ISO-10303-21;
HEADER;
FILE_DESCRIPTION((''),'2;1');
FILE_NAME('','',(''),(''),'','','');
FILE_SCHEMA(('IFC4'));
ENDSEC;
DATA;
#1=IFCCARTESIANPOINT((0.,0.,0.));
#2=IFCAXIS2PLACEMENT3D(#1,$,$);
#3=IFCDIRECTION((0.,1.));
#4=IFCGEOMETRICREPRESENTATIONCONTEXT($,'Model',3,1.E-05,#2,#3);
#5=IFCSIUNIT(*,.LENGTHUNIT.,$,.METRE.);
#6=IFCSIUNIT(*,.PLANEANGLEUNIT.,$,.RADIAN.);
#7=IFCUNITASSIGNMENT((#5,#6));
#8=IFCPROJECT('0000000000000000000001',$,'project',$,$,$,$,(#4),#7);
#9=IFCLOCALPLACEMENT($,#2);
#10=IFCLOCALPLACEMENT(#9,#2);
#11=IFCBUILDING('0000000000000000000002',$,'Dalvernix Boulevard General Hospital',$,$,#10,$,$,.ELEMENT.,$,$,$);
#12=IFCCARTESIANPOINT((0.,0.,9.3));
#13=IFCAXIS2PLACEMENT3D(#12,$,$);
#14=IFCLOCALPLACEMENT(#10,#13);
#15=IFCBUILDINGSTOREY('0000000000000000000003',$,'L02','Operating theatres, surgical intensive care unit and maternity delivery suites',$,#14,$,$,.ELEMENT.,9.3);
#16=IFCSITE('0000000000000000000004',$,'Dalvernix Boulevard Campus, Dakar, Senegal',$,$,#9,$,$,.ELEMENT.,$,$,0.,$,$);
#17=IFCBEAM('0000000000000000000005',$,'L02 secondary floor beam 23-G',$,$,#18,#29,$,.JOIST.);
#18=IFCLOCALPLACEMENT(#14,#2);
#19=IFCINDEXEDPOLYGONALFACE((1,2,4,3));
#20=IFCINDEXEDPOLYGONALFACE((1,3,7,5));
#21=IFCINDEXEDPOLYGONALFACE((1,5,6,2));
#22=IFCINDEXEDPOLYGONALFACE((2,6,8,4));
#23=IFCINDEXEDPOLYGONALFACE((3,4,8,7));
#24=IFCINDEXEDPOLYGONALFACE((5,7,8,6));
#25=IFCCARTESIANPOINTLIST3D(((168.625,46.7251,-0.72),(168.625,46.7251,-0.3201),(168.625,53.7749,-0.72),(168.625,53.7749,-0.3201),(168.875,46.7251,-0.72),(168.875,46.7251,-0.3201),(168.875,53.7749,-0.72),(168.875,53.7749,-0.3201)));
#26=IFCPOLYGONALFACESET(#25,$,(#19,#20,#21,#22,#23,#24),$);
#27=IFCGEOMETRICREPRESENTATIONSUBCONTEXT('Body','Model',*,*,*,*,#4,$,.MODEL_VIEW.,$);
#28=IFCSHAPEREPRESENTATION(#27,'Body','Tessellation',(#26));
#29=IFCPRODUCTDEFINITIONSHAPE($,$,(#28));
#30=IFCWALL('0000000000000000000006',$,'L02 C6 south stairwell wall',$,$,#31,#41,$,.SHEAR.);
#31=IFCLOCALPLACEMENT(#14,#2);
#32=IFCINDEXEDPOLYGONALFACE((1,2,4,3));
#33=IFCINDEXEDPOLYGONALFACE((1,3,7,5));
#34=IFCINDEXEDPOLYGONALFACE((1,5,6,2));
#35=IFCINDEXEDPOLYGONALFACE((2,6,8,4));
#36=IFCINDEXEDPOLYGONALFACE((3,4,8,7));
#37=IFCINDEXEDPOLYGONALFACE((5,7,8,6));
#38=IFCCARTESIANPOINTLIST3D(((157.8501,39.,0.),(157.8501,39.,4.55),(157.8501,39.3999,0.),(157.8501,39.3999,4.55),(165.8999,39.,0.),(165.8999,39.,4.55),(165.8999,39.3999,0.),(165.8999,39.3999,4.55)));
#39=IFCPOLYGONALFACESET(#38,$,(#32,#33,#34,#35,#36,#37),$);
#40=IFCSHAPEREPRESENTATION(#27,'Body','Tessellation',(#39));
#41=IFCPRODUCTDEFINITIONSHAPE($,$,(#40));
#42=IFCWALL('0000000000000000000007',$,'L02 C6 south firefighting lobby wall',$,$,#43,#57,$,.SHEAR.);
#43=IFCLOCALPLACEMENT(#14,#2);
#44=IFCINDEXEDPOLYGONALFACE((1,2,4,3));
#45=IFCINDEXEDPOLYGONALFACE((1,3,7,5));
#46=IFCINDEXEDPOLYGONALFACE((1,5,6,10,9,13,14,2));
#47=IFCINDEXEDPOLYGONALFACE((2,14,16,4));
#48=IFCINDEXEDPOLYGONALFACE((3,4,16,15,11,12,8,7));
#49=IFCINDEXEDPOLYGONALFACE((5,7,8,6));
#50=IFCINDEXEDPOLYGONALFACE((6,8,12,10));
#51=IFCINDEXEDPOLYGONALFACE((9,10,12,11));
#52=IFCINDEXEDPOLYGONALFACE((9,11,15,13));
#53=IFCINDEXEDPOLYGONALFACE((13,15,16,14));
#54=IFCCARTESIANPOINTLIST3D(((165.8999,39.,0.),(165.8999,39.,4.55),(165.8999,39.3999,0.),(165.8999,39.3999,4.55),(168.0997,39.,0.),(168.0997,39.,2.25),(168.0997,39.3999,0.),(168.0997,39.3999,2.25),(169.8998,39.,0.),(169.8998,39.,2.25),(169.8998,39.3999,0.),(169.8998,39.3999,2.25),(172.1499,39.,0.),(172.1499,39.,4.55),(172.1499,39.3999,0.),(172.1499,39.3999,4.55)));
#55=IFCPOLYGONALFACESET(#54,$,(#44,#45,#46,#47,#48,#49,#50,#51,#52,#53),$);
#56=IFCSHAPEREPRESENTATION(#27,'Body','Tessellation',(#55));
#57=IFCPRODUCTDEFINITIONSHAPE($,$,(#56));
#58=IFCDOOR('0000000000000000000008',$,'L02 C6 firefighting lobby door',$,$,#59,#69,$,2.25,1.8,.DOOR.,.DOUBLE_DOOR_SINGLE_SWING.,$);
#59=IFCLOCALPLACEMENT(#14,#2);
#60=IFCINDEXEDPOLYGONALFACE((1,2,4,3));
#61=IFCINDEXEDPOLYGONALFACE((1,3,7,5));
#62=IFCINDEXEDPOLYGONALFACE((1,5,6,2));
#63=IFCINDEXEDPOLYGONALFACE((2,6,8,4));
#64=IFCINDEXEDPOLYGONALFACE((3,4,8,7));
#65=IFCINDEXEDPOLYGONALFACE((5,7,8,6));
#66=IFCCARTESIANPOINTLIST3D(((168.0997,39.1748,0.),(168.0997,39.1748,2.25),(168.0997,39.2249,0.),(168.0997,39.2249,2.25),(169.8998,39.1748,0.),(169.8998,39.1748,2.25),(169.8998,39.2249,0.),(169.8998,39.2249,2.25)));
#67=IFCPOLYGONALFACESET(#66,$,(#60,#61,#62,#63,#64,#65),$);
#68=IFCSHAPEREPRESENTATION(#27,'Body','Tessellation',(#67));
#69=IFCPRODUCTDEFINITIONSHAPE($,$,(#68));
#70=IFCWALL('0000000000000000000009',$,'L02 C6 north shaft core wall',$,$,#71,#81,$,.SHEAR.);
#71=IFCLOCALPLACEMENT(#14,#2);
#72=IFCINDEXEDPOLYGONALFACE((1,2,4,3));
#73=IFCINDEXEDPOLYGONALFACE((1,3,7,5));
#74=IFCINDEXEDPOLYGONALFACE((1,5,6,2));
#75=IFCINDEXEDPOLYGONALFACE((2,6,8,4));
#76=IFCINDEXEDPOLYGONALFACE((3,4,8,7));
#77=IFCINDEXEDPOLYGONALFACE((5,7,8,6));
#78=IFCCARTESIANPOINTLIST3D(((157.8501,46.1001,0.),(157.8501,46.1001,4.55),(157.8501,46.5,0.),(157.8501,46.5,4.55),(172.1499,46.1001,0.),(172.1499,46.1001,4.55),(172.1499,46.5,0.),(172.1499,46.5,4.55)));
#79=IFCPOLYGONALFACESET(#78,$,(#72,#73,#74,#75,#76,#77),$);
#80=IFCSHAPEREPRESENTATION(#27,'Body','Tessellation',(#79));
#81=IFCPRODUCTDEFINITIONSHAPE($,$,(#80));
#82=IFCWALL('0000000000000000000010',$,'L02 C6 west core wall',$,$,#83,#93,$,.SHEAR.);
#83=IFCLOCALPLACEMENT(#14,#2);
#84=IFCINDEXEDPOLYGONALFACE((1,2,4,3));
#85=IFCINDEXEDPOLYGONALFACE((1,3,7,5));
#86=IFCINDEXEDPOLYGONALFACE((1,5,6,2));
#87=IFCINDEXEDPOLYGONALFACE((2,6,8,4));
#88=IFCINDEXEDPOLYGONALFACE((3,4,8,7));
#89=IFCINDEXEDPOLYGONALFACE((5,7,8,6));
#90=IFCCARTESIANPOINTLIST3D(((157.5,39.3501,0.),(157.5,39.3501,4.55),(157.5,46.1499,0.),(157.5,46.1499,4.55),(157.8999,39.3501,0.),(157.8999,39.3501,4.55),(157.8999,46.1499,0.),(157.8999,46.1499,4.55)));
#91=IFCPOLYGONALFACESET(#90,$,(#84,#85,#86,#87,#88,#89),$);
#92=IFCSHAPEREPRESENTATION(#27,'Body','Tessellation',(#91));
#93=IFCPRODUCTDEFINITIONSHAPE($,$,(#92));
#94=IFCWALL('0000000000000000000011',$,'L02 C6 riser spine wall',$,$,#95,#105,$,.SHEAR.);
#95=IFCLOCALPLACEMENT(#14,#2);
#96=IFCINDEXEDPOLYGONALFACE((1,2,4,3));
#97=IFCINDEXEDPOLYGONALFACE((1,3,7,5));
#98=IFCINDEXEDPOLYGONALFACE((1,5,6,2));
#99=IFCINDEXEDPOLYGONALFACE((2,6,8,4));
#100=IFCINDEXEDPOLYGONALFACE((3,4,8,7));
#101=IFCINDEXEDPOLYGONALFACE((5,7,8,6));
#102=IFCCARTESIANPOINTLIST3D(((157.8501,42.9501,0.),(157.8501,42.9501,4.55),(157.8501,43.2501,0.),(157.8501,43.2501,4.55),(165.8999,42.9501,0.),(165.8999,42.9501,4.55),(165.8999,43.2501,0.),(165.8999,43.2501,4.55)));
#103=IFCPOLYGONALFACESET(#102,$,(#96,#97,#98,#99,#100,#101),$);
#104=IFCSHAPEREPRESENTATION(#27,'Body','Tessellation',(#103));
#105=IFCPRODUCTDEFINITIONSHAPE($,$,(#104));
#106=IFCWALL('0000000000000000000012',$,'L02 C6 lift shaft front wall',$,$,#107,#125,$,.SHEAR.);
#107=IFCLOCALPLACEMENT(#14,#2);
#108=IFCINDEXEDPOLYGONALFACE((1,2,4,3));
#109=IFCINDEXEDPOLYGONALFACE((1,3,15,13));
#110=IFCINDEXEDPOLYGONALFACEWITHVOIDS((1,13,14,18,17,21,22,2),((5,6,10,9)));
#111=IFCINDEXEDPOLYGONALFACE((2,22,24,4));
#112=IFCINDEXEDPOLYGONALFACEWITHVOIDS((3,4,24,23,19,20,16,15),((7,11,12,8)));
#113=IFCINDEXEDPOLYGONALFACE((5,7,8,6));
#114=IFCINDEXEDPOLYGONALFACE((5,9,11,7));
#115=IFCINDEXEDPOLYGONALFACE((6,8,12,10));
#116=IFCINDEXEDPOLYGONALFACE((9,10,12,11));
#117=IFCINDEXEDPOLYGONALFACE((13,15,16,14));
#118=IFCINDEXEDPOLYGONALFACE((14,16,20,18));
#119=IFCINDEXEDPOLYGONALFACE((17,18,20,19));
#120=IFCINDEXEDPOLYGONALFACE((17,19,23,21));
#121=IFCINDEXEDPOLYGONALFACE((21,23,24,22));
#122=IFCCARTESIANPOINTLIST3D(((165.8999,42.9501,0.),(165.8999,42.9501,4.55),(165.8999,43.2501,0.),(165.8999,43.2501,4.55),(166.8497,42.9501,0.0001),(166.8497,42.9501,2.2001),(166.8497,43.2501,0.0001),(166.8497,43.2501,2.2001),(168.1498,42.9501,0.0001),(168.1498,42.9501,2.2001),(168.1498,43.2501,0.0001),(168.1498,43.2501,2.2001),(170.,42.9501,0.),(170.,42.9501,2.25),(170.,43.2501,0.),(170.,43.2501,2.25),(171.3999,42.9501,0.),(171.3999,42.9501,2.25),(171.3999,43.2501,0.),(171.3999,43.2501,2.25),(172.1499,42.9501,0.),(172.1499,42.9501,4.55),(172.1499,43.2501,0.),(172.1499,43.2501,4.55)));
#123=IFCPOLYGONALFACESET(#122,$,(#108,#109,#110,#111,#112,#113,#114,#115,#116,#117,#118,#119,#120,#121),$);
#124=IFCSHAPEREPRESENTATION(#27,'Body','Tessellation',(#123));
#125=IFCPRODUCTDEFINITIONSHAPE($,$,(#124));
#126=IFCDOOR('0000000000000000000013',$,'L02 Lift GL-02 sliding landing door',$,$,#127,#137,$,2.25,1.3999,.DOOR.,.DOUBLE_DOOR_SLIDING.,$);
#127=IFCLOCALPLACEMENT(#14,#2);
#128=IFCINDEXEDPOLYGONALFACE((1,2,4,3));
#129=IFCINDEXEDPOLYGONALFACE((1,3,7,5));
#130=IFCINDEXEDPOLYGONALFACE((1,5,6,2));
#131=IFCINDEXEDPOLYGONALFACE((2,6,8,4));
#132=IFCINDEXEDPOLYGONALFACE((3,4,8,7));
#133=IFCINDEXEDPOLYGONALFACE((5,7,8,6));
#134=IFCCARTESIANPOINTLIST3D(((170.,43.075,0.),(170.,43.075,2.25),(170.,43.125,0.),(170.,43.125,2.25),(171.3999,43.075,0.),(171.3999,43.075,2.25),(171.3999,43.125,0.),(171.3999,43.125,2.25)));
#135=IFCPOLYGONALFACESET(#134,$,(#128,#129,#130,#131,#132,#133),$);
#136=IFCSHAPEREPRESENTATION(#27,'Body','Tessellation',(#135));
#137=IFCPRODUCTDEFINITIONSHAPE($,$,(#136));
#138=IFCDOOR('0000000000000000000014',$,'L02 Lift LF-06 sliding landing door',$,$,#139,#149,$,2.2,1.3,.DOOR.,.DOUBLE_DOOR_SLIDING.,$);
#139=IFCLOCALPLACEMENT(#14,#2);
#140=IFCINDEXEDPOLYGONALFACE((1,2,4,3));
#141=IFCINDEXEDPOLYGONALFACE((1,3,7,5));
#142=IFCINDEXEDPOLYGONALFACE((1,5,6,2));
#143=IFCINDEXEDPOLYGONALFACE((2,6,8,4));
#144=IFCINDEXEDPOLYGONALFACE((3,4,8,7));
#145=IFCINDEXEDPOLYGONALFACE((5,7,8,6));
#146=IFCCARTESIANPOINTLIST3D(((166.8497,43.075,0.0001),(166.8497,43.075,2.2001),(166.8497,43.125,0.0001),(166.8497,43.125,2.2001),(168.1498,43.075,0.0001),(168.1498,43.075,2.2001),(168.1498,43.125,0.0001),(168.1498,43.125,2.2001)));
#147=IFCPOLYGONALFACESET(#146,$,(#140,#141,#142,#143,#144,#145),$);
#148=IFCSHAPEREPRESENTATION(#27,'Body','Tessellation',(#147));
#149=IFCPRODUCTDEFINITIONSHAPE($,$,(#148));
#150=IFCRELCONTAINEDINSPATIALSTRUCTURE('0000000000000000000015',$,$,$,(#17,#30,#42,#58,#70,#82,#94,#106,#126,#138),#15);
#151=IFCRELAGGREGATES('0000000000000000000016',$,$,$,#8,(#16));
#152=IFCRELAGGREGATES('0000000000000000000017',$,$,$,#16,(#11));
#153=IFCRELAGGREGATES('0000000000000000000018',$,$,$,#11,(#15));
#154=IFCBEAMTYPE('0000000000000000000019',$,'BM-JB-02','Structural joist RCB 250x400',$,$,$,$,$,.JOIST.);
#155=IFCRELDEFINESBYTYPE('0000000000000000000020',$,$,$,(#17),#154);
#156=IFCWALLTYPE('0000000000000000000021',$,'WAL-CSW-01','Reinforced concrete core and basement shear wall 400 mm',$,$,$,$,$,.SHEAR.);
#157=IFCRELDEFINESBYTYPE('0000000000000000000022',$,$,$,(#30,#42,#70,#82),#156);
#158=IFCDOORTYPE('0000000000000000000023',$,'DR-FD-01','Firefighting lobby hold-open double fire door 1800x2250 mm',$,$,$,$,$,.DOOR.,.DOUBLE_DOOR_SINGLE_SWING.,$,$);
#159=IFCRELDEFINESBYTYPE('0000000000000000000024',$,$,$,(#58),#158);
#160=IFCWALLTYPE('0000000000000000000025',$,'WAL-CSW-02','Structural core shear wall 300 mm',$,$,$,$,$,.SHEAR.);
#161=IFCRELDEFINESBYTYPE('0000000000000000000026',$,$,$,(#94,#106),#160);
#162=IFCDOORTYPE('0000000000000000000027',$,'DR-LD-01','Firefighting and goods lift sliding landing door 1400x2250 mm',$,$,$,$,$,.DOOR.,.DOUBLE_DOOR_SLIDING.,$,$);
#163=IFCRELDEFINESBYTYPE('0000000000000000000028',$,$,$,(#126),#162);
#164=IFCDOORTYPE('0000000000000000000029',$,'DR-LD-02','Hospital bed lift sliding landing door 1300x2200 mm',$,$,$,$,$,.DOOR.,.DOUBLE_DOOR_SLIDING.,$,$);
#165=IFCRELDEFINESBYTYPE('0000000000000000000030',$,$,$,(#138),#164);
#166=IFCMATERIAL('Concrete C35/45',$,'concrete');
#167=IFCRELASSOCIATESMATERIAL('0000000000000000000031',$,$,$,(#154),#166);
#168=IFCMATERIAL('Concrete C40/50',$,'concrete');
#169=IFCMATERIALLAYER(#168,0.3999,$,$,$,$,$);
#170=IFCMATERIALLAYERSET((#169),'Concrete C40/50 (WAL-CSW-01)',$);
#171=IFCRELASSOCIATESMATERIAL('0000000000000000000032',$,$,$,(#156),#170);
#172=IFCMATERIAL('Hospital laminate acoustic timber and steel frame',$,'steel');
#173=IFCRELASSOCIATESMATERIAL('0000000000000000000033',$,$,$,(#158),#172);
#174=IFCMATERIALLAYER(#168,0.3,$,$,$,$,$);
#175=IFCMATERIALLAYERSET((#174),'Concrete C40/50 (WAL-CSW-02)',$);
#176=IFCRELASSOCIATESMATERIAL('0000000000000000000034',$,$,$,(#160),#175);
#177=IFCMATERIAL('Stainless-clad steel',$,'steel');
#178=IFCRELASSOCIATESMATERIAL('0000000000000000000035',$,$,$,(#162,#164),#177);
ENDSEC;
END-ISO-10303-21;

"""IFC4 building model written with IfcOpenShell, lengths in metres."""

from ifc_helpers import new_model, si_unit, direction, frame, frame_2d, origin, origin_2d, place, context, subcontext, project, spatial, rectangle, extrude, material, layer, layer_set, material_profile, profile_set, type_object, element, fill, save


model = new_model("IFC4")

# Units and contexts
model_context = context("Model", 3, precision=1e-05, world=origin(), true_north=direction((0.0, 1.0)))
body_context = subcontext(model_context, "Body", "Model", "MODEL_VIEW")
ifc_project = project(units=[si_unit("LENGTHUNIT", "METRE"), si_unit("PLANEANGLEUNIT", "RADIAN")], contexts=[model_context])

# Site, building, storey
site_placement = place(None, origin())
site = spatial("IfcSite", under=ifc_project, at=site_placement, Name="Dalvernix Boulevard Campus, Dakar, Senegal", CompositionType="ELEMENT", RefElevation=0.0)
building_placement = place(site_placement, origin())
building = spatial("IfcBuilding", under=site, at=building_placement, Name="Dalvernix Boulevard General Hospital", CompositionType="ELEMENT")
storey_placement = place(building_placement, frame((0.0, 0.0, 9.3)))
storey = spatial("IfcBuildingStorey", under=building, at=storey_placement, Name="L02", Description="Operating theatres, surgical intensive care unit and maternity delivery suites", CompositionType="ELEMENT", Elevation=9.3)

# Shared definitions
ifc_material_1 = material(Name="Concrete C40/50", Category="concrete")

# Beam
ifc_material_2 = material(Name="Concrete C35/45", Category="concrete")
ifc_material_profile_1 = material_profile(ifc_material_2, rectangle(XDim=0.25, YDim=0.3999, at=origin_2d()), Name="RCB 250x400")
ifc_profile_set_1 = profile_set([ifc_material_profile_1], Name="Concrete C35/45")
beam_type_1 = type_object("IfcBeamType", Name="BM-JB-02", Description="Structural joist RCB 250x400", PredefinedType="JOIST", material=ifc_profile_set_1)
beam_1_placement = place(storey_placement, frame((168.75, 46.7251, -0.52), z_axis=(0.0, 1.0, 0.0), x_axis=(-1.0, 0.0, 0.0)))
element("IfcBeam", 1, at=beam_1_placement, inside=storey, type_object=beam_type_1, Name="L02 secondary floor beam 23-G", PredefinedType="JOIST", context=body_context, shape_type="SweptSolid", body=[
    extrude(rectangle(XDim=0.25, YDim=0.3999, at=origin_2d()), origin(), (0.0, 0.0, 1.0), 7.0498),
])

# Wall
ifc_layer_1 = layer(ifc_material_1, 0.3999)
ifc_layer_set_1 = layer_set([ifc_layer_1], Name="Concrete C40/50 (WAL-CSW-01)")
wall_type_1 = type_object("IfcWallType", Name="WAL-CSW-01", Description="Reinforced concrete core and basement shear wall 400 mm", PredefinedType="SHEAR", material=ifc_layer_set_1)
wall_1_placement = place(storey_placement, frame((157.8501, 39.2, 0.0), z_axis=(0.0, 0.0, 1.0), x_axis=(1.0, 0.0, 0.0)))
element("IfcWall", 2, at=wall_1_placement, inside=storey, type_object=wall_type_1, Name="L02 C6 south stairwell wall", PredefinedType="SHEAR", context=body_context, shape_type="SweptSolid", body=[
    extrude(rectangle(XDim=8.0498, YDim=0.3999, at=frame_2d((4.0249, 0.0))), origin(), (0.0, 0.0, 1.0), 4.55),
])

# Wall, opening, door
wall_2_placement = place(storey_placement, frame((165.8999, 39.2, 0.0), z_axis=(0.0, 0.0, 1.0), x_axis=(1.0, 0.0, 0.0)))
wall_2 = element("IfcWall", 3, at=wall_2_placement, inside=storey, type_object=wall_type_1, Name="L02 C6 south firefighting lobby wall", PredefinedType="SHEAR", context=body_context, shape_type="SweptSolid", body=[
    extrude(rectangle(XDim=6.25, YDim=0.3999, at=frame_2d((3.125, 0.0))), origin(), (0.0, 0.0, 1.0), 4.55),
])
opening_1_placement = place(wall_2_placement, frame((2.2, 0.0, 0.0)))
opening_1 = element("IfcOpeningElement", 4, at=opening_1_placement, cuts=wall_2, PredefinedType="OPENING", context=body_context, shape_type="SweptSolid", body=[
    extrude(rectangle(XDim=1.8, YDim=2.25, at=frame_2d((0.8999, 1.125))), frame((0.0, 0.21, 0.0), z_axis=(0.0, -1.0, 0.0), x_axis=(1.0, 0.0, 0.0)), (0.0, 0.0, 1.0), 0.4199),
])
ifc_material_3 = material(Name="Hospital laminate acoustic timber and steel frame", Category="steel")
door_type_1 = type_object("IfcDoorType", Name="DR-FD-01", Description="Firefighting lobby hold-open double fire door 1800x2250 mm", OperationType="DOUBLE_DOOR_SINGLE_SWING", PredefinedType="DOOR", material=ifc_material_3)
door_1_placement = place(opening_1_placement, origin())
door_1 = element("IfcDoor", 5, at=door_1_placement, inside=storey, type_object=door_type_1, Name="L02 C6 firefighting lobby door", OperationType="DOUBLE_DOOR_SINGLE_SWING", OverallHeight=2.25, OverallWidth=1.8, PredefinedType="DOOR", context=body_context, shape_type="SweptSolid", body=[
    extrude(rectangle(XDim=1.8, YDim=2.25, at=frame_2d((0.8999, 1.125))), frame((0.0, 0.0249, 0.0), z_axis=(0.0, -1.0, 0.0), x_axis=(1.0, 0.0, 0.0)), (0.0, 0.0, 1.0), 0.05),
])
fill(opening_1, door_1)

# Walls
wall_3_placement = place(storey_placement, frame((157.8501, 46.3, 0.0), z_axis=(0.0, 0.0, 1.0), x_axis=(1.0, 0.0, 0.0)))
element("IfcWall", 6, at=wall_3_placement, inside=storey, type_object=wall_type_1, Name="L02 C6 north shaft core wall", PredefinedType="SHEAR", context=body_context, shape_type="SweptSolid", body=[
    extrude(rectangle(XDim=14.2998, YDim=0.3999, at=frame_2d((7.1499, 0.0))), origin(), (0.0, 0.0, 1.0), 4.55),
])
wall_4_placement = place(storey_placement, frame((157.7, 39.3501, 0.0), z_axis=(0.0, 0.0, 1.0), x_axis=(0.0, 1.0, 0.0)))
element("IfcWall", 7, at=wall_4_placement, inside=storey, type_object=wall_type_1, Name="L02 C6 west core wall", PredefinedType="SHEAR", context=body_context, shape_type="SweptSolid", body=[
    extrude(rectangle(XDim=6.7998, YDim=0.3999, at=frame_2d((3.3999, 0.0))), origin(), (0.0, 0.0, 1.0), 4.55),
])
ifc_layer_2 = layer(ifc_material_1, 0.3)
ifc_layer_set_2 = layer_set([ifc_layer_2], Name="Concrete C40/50 (WAL-CSW-02)")
wall_type_2 = type_object("IfcWallType", Name="WAL-CSW-02", Description="Structural core shear wall 300 mm", PredefinedType="SHEAR", material=ifc_layer_set_2)
wall_5_placement = place(storey_placement, frame((157.8501, 43.1001, 0.0), z_axis=(0.0, 0.0, 1.0), x_axis=(1.0, 0.0, 0.0)))
element("IfcWall", 8, at=wall_5_placement, inside=storey, type_object=wall_type_2, Name="L02 C6 riser spine wall", PredefinedType="SHEAR", context=body_context, shape_type="SweptSolid", body=[
    extrude(rectangle(XDim=8.0498, YDim=0.3, at=frame_2d((4.0249, 0.0))), origin(), (0.0, 0.0, 1.0), 4.55),
])

# Wall, openings, doors
wall_6_placement = place(storey_placement, frame((165.8999, 43.1001, 0.0), z_axis=(0.0, 0.0, 1.0), x_axis=(1.0, 0.0, 0.0)))
wall_6 = element("IfcWall", 9, at=wall_6_placement, inside=storey, type_object=wall_type_2, Name="L02 C6 lift shaft front wall", PredefinedType="SHEAR", context=body_context, shape_type="SweptSolid", body=[
    extrude(rectangle(XDim=6.25, YDim=0.3, at=frame_2d((3.125, 0.0))), origin(), (0.0, 0.0, 1.0), 4.55),
])
opening_2_placement = place(wall_6_placement, frame((0.95, 0.0, 0.0)))
opening_2 = element("IfcOpeningElement", 10, at=opening_2_placement, cuts=wall_6, PredefinedType="OPENING", context=body_context, shape_type="SweptSolid", body=[
    extrude(rectangle(XDim=1.3, YDim=2.2, at=frame_2d((0.6499, 1.1001))), frame((0.0, 0.1599, 0.0), z_axis=(0.0, -1.0, 0.0), x_axis=(1.0, 0.0, 0.0)), (0.0, 0.0, 1.0), 0.3201),
])
opening_3_placement = place(wall_6_placement, frame((4.1001, 0.0, 0.0)))
opening_3 = element("IfcOpeningElement", 11, at=opening_3_placement, cuts=wall_6, PredefinedType="OPENING", context=body_context, shape_type="SweptSolid", body=[
    extrude(rectangle(XDim=1.3999, YDim=2.25, at=frame_2d((0.7, 1.125))), frame((0.0, 0.1599, 0.0), z_axis=(0.0, -1.0, 0.0), x_axis=(1.0, 0.0, 0.0)), (0.0, 0.0, 1.0), 0.3201),
])
ifc_material_4 = material(Name="Stainless-clad steel", Category="steel")
door_type_2 = type_object("IfcDoorType", Name="DR-LD-01", Description="Firefighting and goods lift sliding landing door 1400x2250 mm", OperationType="DOUBLE_DOOR_SLIDING", PredefinedType="DOOR", material=ifc_material_4)
door_2_placement = place(opening_3_placement, origin())
door_2 = element("IfcDoor", 12, at=door_2_placement, inside=storey, type_object=door_type_2, Name="L02 Lift GL-02 sliding landing door", OperationType="DOUBLE_DOOR_SLIDING", OverallHeight=2.25, OverallWidth=1.3999, PredefinedType="DOOR", context=body_context, shape_type="SweptSolid", body=[
    extrude(rectangle(XDim=1.3999, YDim=2.25, at=frame_2d((0.7, 1.125))), frame((0.0, 0.0249, 0.0), z_axis=(0.0, -1.0, 0.0), x_axis=(1.0, 0.0, 0.0)), (0.0, 0.0, 1.0), 0.05),
])
fill(opening_3, door_2)
door_type_3 = type_object("IfcDoorType", Name="DR-LD-02", Description="Hospital bed lift sliding landing door 1300x2200 mm", OperationType="DOUBLE_DOOR_SLIDING", PredefinedType="DOOR", material=ifc_material_4)
door_3_placement = place(opening_2_placement, origin())
door_3 = element("IfcDoor", 13, at=door_3_placement, inside=storey, type_object=door_type_3, Name="L02 Lift LF-06 sliding landing door", OperationType="DOUBLE_DOOR_SLIDING", OverallHeight=2.2, OverallWidth=1.3, PredefinedType="DOOR", context=body_context, shape_type="SweptSolid", body=[
    extrude(rectangle(XDim=1.3, YDim=2.2, at=frame_2d((0.6499, 1.1001))), frame((0.0, 0.0249, 0.0), z_axis=(0.0, -1.0, 0.0), x_axis=(1.0, 0.0, 0.0)), (0.0, 0.0, 1.0), 0.05),
])
fill(opening_2, door_3)

save(model, "model.ifc")
